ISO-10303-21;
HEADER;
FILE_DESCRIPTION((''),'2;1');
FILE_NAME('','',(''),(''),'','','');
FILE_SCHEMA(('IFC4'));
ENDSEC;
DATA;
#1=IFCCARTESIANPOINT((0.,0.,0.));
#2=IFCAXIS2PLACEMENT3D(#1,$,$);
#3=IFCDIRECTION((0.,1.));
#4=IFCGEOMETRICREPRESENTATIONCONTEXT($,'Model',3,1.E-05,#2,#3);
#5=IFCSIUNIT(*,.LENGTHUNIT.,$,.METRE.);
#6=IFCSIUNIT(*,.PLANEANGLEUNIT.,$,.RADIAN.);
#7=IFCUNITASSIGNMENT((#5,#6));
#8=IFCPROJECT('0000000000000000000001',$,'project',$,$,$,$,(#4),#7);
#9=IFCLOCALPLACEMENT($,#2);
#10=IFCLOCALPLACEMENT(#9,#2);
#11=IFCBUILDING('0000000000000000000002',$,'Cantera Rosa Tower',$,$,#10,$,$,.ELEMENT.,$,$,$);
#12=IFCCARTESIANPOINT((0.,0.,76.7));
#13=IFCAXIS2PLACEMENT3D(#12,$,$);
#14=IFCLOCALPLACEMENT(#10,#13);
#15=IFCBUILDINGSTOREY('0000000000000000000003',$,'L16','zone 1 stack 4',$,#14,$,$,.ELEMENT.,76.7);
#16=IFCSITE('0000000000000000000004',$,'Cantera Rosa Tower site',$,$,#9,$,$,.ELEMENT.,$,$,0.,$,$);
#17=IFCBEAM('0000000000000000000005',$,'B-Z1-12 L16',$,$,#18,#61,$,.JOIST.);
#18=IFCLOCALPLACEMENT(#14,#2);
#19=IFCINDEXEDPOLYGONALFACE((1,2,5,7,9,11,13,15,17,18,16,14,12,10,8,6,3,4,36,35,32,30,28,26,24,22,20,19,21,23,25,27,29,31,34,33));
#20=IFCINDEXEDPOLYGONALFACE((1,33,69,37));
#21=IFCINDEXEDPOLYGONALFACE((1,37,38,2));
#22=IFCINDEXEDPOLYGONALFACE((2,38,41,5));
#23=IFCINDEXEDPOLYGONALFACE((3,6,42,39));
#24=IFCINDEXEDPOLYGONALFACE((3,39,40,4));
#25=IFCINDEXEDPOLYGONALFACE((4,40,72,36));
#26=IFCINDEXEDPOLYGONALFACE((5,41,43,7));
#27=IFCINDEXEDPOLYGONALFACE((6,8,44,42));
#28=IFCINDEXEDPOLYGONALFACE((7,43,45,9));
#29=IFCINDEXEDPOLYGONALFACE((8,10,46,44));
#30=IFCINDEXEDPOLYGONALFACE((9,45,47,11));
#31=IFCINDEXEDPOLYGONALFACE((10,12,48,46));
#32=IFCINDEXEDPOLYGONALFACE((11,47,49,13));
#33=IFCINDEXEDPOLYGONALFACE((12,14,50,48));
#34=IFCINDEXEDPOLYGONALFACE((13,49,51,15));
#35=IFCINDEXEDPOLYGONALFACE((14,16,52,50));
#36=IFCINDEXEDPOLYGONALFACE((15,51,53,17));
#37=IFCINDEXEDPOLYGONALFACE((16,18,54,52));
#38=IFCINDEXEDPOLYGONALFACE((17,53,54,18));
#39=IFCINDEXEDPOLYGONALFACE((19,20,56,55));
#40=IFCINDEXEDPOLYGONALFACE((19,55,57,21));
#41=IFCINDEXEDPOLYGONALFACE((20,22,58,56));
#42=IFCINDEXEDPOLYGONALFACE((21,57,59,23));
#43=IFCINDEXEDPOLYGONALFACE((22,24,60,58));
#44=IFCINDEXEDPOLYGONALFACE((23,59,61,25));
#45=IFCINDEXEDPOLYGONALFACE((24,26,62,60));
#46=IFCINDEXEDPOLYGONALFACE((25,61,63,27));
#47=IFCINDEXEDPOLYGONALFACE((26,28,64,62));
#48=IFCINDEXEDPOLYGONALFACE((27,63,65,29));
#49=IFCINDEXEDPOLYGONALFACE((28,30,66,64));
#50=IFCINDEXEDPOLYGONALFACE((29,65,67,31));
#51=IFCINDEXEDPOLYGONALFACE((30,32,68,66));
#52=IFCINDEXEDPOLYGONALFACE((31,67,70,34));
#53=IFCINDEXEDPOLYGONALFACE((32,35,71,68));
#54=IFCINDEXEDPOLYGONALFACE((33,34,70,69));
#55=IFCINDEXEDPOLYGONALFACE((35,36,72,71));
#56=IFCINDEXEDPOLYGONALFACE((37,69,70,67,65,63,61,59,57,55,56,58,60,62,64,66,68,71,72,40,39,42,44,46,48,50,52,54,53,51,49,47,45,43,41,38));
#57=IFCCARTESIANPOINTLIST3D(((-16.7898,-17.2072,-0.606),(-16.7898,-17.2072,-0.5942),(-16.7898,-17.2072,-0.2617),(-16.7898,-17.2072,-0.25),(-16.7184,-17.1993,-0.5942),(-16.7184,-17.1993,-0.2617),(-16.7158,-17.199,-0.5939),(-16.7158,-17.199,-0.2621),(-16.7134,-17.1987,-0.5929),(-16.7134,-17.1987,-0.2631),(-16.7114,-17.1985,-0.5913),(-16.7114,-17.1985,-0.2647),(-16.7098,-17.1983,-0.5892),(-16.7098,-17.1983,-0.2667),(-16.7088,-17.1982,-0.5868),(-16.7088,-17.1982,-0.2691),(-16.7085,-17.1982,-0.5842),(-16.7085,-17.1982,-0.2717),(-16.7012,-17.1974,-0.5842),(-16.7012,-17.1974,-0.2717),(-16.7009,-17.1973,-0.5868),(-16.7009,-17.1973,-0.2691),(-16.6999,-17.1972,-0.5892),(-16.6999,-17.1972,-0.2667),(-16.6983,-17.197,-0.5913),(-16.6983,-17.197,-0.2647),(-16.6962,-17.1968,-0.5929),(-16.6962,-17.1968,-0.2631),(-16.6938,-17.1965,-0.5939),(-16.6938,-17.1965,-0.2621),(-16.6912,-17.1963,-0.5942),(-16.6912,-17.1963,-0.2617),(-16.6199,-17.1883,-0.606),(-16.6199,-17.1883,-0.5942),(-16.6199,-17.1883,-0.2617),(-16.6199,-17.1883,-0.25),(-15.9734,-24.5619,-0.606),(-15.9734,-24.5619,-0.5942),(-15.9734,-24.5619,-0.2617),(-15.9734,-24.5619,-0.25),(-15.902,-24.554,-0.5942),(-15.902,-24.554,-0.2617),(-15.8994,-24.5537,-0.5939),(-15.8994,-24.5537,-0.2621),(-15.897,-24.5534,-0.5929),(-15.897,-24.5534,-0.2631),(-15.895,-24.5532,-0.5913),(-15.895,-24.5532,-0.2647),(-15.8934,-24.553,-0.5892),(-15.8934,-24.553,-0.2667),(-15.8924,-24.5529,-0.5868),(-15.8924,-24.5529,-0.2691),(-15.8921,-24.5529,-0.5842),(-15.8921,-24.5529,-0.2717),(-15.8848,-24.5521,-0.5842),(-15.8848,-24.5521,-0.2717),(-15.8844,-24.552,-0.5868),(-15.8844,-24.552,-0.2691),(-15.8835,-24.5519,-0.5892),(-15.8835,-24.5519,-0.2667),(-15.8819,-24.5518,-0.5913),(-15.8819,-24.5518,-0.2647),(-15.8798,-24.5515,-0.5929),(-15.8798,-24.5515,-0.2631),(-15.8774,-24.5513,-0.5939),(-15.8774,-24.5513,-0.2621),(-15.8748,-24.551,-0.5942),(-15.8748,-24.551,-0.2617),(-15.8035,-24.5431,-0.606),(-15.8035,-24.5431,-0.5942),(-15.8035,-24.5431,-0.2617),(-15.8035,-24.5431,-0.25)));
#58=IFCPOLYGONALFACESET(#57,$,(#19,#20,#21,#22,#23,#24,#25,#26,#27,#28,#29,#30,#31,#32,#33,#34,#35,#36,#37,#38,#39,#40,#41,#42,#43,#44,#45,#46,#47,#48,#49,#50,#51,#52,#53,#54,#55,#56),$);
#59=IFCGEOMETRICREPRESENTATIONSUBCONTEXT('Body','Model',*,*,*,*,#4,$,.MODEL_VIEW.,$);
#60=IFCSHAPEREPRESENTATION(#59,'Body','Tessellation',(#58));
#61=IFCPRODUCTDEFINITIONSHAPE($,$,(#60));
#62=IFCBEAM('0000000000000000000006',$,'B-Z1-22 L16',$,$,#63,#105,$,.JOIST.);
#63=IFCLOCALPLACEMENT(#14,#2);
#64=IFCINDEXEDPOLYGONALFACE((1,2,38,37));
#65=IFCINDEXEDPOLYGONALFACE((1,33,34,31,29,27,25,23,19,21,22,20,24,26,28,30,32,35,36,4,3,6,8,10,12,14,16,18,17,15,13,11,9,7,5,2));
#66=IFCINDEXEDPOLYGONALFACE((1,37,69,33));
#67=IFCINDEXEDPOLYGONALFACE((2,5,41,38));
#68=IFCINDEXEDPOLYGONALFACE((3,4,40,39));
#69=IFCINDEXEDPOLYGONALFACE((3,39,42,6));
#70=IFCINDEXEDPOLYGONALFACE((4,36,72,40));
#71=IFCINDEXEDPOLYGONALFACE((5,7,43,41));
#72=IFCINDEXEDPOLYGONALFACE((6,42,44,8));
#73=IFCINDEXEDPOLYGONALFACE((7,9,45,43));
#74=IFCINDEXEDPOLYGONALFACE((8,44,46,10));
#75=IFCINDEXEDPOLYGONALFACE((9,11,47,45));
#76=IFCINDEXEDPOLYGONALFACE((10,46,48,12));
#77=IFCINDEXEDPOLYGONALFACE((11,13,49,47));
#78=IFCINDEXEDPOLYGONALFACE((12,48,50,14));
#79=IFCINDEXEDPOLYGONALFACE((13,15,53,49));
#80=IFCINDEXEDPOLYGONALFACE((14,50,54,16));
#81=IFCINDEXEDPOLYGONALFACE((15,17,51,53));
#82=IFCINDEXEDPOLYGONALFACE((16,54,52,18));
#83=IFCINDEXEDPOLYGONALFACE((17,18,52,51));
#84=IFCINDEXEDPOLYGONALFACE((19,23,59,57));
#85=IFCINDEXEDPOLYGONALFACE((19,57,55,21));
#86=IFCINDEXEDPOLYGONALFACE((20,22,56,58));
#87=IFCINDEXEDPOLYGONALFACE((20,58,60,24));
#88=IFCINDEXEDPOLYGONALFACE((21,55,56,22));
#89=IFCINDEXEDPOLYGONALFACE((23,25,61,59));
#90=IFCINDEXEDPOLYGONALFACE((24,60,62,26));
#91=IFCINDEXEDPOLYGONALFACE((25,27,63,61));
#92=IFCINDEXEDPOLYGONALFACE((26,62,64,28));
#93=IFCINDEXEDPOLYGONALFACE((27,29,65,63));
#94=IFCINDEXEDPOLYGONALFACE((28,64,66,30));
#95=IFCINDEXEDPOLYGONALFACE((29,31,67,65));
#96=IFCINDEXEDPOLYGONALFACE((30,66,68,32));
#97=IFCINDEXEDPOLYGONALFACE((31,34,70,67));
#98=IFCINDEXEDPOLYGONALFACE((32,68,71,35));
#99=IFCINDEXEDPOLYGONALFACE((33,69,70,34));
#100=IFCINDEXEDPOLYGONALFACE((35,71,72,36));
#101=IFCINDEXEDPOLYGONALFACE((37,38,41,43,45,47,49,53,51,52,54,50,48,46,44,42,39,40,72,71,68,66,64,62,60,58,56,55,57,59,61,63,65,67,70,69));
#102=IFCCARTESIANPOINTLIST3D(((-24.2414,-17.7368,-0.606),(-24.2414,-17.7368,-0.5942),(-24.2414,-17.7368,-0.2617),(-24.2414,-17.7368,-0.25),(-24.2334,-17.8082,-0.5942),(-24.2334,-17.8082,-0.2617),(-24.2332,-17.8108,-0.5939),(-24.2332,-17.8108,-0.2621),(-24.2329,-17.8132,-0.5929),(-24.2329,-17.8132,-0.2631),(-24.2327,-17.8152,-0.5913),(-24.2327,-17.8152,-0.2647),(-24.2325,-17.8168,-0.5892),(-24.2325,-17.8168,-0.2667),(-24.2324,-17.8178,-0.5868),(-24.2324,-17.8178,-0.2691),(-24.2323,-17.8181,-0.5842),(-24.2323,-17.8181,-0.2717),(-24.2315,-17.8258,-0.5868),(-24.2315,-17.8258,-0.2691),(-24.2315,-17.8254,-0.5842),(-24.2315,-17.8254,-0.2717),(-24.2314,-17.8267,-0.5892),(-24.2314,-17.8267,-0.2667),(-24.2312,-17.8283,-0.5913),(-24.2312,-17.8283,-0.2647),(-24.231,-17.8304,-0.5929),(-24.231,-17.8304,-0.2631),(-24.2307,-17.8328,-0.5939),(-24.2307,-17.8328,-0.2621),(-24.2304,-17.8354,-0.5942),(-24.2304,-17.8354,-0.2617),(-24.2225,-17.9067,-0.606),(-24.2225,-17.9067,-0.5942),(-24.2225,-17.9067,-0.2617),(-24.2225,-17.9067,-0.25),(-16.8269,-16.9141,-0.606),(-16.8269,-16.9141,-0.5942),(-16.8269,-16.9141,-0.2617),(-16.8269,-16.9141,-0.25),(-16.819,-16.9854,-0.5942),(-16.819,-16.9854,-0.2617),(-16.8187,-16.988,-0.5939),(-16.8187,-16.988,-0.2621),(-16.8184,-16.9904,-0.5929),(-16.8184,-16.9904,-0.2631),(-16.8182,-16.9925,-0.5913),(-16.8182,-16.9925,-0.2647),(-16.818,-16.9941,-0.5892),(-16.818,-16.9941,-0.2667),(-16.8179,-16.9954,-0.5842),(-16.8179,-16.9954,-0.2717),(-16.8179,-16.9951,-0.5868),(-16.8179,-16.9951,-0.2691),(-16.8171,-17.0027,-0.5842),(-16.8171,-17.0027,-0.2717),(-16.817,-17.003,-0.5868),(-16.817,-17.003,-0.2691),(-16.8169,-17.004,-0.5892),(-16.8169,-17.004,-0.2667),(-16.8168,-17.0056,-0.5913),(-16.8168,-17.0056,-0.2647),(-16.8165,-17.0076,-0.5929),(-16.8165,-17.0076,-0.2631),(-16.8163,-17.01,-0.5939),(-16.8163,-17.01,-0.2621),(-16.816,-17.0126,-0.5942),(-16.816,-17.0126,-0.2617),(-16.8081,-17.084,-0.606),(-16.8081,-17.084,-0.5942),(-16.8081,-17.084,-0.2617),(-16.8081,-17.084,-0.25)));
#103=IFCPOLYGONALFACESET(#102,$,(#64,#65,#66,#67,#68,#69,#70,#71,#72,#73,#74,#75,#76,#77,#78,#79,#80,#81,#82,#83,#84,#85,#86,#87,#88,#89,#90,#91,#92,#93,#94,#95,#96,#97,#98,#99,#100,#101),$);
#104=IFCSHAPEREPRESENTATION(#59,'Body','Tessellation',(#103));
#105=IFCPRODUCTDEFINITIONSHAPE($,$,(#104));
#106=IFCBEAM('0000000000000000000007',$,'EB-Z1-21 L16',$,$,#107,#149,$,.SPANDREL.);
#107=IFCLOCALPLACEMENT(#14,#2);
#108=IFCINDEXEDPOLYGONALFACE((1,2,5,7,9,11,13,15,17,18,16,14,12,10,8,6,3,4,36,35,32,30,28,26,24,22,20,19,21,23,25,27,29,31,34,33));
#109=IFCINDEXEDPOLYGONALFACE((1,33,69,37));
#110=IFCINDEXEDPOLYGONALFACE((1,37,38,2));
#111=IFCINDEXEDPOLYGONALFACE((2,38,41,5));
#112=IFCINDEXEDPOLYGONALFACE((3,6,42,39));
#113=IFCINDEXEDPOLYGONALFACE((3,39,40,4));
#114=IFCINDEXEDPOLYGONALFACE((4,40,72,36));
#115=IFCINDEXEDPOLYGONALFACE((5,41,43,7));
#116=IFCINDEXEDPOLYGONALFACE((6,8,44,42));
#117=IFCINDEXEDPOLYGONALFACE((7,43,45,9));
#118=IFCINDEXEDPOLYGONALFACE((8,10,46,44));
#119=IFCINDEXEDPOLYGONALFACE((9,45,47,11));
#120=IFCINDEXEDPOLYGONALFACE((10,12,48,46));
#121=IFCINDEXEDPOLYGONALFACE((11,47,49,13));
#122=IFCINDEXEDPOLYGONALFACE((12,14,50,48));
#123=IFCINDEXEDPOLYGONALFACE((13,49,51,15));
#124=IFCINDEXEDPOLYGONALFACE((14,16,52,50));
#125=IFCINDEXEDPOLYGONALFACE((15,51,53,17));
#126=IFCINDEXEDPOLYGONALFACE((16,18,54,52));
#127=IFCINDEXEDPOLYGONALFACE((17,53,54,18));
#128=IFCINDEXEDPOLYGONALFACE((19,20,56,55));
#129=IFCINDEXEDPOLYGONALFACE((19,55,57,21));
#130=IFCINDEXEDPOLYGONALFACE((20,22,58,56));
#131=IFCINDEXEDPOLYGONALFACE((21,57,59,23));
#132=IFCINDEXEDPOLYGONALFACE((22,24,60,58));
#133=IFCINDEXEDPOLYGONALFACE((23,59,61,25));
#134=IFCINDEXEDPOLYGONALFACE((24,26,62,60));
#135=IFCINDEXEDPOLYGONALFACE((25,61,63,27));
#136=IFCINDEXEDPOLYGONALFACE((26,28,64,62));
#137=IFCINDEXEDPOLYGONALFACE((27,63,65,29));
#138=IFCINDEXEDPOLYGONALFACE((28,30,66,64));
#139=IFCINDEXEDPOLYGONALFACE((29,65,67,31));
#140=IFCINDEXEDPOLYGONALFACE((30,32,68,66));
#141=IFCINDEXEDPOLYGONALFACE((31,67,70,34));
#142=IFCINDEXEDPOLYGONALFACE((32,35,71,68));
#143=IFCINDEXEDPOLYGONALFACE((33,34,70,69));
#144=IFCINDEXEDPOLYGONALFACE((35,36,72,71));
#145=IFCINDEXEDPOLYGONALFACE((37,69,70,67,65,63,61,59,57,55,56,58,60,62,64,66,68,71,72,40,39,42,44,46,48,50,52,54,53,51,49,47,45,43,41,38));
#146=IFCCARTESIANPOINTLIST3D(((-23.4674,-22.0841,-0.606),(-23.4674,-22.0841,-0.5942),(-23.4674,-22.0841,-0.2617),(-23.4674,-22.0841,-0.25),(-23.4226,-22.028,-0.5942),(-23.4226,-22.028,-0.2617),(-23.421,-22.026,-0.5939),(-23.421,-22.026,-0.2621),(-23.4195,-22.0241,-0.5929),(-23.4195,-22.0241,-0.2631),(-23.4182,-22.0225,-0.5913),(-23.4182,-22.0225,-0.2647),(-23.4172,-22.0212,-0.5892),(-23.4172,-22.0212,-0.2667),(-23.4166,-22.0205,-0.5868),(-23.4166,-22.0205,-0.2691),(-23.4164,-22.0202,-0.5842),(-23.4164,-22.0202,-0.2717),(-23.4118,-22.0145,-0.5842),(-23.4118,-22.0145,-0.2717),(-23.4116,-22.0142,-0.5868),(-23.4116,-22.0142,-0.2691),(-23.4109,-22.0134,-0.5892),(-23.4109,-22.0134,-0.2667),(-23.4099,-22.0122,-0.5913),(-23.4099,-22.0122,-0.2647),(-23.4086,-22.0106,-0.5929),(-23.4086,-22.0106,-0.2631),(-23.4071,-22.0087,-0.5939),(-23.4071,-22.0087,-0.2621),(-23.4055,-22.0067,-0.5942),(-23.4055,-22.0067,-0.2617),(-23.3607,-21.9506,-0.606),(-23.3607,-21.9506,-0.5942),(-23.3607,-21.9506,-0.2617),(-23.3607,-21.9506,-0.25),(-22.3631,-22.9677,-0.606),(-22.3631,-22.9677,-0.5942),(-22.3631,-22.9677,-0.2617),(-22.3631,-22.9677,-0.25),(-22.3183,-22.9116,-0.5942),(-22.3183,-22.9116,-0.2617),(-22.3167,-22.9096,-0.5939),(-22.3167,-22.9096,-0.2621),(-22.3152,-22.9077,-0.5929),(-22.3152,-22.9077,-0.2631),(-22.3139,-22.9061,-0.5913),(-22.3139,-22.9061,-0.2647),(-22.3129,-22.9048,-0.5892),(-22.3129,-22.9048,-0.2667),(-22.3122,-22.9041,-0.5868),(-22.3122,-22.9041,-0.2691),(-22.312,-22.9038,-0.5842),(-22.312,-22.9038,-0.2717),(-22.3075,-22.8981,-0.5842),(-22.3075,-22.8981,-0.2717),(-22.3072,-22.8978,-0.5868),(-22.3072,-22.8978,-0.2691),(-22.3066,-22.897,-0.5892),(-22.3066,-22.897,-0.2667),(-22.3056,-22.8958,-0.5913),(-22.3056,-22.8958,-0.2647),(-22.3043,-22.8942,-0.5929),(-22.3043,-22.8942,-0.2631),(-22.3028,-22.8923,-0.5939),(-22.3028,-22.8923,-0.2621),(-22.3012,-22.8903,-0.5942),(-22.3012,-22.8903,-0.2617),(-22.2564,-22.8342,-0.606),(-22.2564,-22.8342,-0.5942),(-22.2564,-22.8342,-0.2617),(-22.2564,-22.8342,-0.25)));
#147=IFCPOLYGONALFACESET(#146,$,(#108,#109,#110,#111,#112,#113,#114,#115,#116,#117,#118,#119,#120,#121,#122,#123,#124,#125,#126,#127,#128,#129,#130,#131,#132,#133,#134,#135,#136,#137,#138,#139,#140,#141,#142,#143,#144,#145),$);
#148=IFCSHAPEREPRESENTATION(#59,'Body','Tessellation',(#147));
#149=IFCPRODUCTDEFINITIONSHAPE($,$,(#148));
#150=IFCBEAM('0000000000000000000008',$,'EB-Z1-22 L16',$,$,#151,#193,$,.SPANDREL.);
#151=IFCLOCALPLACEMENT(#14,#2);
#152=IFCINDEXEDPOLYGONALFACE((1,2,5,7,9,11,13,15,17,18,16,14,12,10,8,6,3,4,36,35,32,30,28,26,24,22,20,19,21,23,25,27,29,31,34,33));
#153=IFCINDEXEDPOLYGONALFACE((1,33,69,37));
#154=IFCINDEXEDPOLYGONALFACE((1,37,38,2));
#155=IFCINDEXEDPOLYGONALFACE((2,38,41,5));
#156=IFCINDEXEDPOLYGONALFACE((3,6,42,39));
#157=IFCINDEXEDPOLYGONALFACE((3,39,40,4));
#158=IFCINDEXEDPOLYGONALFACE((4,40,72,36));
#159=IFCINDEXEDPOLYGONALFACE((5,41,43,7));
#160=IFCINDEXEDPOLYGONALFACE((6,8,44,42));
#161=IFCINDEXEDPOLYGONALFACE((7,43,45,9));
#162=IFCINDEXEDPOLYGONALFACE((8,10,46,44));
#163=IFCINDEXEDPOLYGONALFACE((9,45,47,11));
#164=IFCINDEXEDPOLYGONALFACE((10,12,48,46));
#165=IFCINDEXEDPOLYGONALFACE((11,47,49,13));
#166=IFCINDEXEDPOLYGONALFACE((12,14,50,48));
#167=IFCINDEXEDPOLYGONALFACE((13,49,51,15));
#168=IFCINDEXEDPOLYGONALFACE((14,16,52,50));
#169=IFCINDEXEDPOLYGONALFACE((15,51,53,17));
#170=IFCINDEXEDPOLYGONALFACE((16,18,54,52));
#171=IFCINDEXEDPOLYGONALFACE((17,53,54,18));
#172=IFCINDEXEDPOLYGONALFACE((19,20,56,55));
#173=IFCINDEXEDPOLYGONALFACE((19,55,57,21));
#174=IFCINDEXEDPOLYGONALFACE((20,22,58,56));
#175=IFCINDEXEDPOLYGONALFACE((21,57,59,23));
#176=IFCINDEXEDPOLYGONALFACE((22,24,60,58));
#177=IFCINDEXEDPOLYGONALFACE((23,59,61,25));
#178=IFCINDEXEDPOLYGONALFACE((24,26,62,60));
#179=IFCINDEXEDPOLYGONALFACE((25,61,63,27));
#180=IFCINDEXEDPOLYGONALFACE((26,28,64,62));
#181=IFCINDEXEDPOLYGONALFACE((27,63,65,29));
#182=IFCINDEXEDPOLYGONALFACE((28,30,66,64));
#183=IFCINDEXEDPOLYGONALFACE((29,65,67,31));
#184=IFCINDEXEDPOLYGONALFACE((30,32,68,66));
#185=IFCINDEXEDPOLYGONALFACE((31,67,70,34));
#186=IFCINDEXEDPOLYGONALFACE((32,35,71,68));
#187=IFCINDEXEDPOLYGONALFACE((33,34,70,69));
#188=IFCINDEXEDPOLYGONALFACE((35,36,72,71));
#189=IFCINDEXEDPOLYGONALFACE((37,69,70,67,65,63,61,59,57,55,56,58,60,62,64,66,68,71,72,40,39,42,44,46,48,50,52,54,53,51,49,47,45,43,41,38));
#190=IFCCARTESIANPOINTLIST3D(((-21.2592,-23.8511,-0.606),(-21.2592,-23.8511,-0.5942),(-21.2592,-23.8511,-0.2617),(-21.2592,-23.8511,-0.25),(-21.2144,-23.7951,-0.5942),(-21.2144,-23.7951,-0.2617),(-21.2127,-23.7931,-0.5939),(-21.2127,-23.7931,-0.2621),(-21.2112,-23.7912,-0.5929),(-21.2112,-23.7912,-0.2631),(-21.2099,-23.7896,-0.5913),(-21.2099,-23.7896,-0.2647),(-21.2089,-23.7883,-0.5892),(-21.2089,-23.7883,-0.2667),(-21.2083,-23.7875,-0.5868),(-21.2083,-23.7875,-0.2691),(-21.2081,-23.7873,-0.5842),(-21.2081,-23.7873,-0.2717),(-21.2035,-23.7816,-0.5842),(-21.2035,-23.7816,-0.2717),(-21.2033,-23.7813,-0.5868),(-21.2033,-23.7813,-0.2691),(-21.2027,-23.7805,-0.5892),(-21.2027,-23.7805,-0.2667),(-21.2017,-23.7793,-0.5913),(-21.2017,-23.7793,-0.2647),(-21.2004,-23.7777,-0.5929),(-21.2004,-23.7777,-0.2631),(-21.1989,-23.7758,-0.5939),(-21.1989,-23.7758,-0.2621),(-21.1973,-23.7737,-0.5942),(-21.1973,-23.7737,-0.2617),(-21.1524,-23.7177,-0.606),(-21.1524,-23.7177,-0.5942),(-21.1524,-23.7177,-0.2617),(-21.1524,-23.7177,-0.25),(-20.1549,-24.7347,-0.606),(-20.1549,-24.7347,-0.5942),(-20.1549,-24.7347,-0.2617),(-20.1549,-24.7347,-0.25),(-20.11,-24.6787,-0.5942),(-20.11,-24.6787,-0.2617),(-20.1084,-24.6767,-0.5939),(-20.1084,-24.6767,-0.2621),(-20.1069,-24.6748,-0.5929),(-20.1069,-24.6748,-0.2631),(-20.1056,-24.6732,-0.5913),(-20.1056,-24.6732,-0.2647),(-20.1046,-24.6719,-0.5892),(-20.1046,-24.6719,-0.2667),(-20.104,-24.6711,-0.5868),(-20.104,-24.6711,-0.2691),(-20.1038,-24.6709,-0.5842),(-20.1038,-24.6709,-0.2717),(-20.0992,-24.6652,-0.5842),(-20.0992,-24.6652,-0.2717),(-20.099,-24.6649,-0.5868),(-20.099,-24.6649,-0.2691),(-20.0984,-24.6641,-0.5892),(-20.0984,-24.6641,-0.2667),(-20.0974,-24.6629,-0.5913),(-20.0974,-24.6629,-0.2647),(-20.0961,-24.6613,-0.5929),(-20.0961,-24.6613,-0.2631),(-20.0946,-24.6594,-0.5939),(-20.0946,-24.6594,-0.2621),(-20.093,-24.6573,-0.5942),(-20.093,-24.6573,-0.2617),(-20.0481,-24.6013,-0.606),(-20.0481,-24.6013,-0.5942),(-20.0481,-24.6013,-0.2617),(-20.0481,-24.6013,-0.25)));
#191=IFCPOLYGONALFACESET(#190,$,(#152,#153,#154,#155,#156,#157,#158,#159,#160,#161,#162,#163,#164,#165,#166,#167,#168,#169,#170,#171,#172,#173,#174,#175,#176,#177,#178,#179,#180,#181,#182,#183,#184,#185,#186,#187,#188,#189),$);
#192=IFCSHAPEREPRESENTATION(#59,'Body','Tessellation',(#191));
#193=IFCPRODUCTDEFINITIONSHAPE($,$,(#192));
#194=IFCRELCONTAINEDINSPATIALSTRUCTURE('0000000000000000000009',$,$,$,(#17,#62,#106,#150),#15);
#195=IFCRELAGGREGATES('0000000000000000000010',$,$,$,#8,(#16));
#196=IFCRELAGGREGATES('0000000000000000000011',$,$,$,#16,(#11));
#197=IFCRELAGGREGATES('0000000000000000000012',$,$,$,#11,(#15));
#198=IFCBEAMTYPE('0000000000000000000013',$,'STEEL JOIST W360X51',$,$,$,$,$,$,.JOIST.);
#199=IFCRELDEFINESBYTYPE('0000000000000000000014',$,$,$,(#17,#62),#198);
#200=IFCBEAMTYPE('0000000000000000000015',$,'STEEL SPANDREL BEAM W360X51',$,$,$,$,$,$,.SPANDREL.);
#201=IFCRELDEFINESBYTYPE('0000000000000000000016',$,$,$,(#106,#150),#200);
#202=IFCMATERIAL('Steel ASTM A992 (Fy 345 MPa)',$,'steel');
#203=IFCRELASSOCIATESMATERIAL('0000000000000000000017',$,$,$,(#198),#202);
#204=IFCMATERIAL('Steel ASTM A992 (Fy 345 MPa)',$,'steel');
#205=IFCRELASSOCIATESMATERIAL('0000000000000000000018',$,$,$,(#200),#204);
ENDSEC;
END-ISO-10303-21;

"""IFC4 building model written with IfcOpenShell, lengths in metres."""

from ifc_helpers import new_model, si_unit, direction, frame, origin, origin_2d, place, context, subcontext, project, spatial, i_section, extrude, material, material_profile, profile_set, type_object, element, save


model = new_model("IFC4")

# Units and contexts
model_context = context("Model", 3, precision=1e-05, world=origin(), true_north=direction((0.0, 1.0)))
body_context = subcontext(model_context, "Body", "Model", "MODEL_VIEW")
ifc_project = project(units=[si_unit("LENGTHUNIT", "METRE"), si_unit("PLANEANGLEUNIT", "RADIAN")], contexts=[model_context])

# Site, building, storey
site_placement = place(None, origin())
site = spatial("IfcSite", under=ifc_project, at=site_placement, Name="Cantera Rosa Tower site", CompositionType="ELEMENT", RefElevation=0.0)
building_placement = place(site_placement, origin())
building = spatial("IfcBuilding", under=site, at=building_placement, Name="Cantera Rosa Tower", CompositionType="ELEMENT")
storey_placement = place(building_placement, frame((0.0, 0.0, 76.7)))
storey = spatial("IfcBuildingStorey", under=building, at=storey_placement, Name="L16", Description="zone 1 stack 4", CompositionType="ELEMENT", Elevation=76.7)

# Beams
ifc_material_1 = material(Name="Steel ASTM A992 (Fy 345 MPa)", Category="steel")
ifc_material_profile_1 = material_profile(ifc_material_1, i_section(OverallWidth=0.1709, OverallDepth=0.356, WebThickness=0.0073, FlangeThickness=0.0117, FilletRadius=0.01, at=origin_2d()), Name="W360X51")
ifc_profile_set_1 = profile_set([ifc_material_profile_1], Name="Steel ASTM A992 (Fy 345 MPa)")
beam_type_1 = type_object("IfcBeamType", Name="STEEL JOIST W360X51", PredefinedType="JOIST", material=ifc_profile_set_1)
beam_1_placement = place(storey_placement, frame((-15.8884, -24.5525, -0.428), z_axis=(-0.110327, 0.993895, 0.0), x_axis=(-0.993895, -0.110327, 0.0)))
element("IfcBeam", 1, at=beam_1_placement, inside=storey, type_object=beam_type_1, Name="B-Z1-12 L16", PredefinedType="JOIST", context=body_context, shape_type="SweptSolid", body=[
    extrude(i_section(OverallWidth=0.1709, OverallDepth=0.356, WebThickness=0.0073, FlangeThickness=0.0117, FilletRadius=0.01, at=origin_2d()), origin(), (0.0, 0.0, 1.0), 7.3999),
])
beam_2_placement = place(storey_placement, frame((-24.2319, -17.8218, -0.428), z_axis=(0.9939, 0.110288, 0.0), x_axis=(-0.110288, 0.9939, 0.0)))
element("IfcBeam", 2, at=beam_2_placement, inside=storey, type_object=beam_type_1, Name="B-Z1-22 L16", PredefinedType="JOIST", context=body_context, shape_type="SweptSolid", body=[
    extrude(i_section(OverallWidth=0.1709, OverallDepth=0.356, WebThickness=0.0073, FlangeThickness=0.0117, FilletRadius=0.01, at=origin_2d()), origin(), (0.0, 0.0, 1.0), 7.46),
])
ifc_material_2 = material(Name="Steel ASTM A992 (Fy 345 MPa)", Category="steel")
ifc_material_profile_2 = material_profile(ifc_material_2, i_section(OverallWidth=0.1709, OverallDepth=0.356, WebThickness=0.0073, FlangeThickness=0.0117, FilletRadius=0.01, at=origin_2d()), Name="W360X51")
ifc_profile_set_2 = profile_set([ifc_material_profile_2], Name="Steel ASTM A992 (Fy 345 MPa)")
beam_type_2 = type_object("IfcBeamType", Name="STEEL SPANDREL BEAM W360X51", PredefinedType="SPANDREL", material=ifc_profile_set_2)
for number, where, z_axis, x_axis, name in (
    (3, (-23.4141, -22.0173, -0.428), (0.780818, -0.624758, 0.0), (0.624758, 0.780818, 0.0), "EB-Z1-21 L16"),
    (4, (-21.2058, -23.7844, -0.428), (0.780818, -0.624758, 0.0), (0.624758, 0.780818, 0.0), "EB-Z1-22 L16"),
):
    element("IfcBeam", number, at=place(storey_placement, frame(where, z_axis=z_axis, x_axis=x_axis)), inside=storey, type_object=beam_type_2, Name=name, PredefinedType="SPANDREL", context=body_context, shape_type="SweptSolid", body=[
        extrude(i_section(OverallWidth=0.1709, OverallDepth=0.356, WebThickness=0.0073, FlangeThickness=0.0117, FilletRadius=0.01, at=origin_2d()), origin(), (0.0, 0.0, 1.0), 1.4143),
    ])

save(model, "model.ifc")
